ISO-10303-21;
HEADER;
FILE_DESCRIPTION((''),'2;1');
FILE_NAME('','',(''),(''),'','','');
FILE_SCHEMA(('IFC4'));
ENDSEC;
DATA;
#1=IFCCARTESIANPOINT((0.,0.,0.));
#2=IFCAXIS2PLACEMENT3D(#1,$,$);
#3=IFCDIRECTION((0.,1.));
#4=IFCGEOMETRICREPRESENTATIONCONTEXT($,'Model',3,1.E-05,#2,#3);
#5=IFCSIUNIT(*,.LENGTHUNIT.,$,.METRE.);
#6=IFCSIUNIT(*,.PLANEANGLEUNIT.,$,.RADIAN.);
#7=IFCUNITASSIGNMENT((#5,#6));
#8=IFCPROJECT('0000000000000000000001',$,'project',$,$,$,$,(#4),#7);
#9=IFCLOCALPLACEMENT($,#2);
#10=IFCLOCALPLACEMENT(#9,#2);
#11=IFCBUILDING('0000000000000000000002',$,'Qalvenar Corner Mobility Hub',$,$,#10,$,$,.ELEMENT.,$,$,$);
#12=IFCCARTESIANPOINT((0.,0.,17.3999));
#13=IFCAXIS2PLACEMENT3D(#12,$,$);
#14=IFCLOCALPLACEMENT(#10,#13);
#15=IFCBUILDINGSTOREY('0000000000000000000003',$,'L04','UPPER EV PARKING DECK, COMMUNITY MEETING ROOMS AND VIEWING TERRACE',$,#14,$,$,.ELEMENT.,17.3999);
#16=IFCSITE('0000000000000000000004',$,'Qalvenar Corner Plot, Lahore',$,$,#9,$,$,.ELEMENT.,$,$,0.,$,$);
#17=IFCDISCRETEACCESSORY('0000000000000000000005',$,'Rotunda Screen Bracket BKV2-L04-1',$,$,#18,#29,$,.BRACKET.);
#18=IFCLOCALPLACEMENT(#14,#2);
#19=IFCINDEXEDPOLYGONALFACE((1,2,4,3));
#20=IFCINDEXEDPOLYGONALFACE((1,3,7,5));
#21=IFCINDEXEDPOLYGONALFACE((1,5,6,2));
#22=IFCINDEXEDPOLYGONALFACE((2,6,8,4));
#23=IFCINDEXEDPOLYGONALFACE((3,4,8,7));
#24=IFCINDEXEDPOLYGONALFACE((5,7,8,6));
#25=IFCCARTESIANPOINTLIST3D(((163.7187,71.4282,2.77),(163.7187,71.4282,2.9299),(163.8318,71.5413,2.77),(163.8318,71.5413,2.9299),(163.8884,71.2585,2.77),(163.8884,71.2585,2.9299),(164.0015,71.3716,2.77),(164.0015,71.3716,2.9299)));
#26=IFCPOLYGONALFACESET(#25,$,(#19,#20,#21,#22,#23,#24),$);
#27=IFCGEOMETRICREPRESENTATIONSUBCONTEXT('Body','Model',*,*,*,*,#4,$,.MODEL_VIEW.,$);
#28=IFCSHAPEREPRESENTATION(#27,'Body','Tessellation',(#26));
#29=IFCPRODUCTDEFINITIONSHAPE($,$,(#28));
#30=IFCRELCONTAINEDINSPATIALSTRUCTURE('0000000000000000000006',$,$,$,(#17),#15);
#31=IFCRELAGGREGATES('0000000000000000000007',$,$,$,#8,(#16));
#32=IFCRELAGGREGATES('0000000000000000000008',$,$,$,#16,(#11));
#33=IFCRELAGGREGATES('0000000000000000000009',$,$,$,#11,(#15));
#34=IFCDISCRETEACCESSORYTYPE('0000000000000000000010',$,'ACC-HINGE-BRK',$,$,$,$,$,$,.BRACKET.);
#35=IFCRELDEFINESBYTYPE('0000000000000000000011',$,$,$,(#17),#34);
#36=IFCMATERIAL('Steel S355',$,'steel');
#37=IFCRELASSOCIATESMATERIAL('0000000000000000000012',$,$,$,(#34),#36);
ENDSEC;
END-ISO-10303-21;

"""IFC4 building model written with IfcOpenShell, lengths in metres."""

from ifc_helpers import new_model, si_unit, direction, frame, origin, origin_2d, place, context, subcontext, project, spatial, rectangle, extrude, material, type_object, element, save


model = new_model("IFC4")

# Units and contexts
model_context = context("Model", 3, precision=1e-05, world=origin(), true_north=direction((0.0, 1.0)))
body_context = subcontext(model_context, "Body", "Model", "MODEL_VIEW")
ifc_project = project(units=[si_unit("LENGTHUNIT", "METRE"), si_unit("PLANEANGLEUNIT", "RADIAN")], contexts=[model_context])

# Site, building, storey
site_placement = place(None, origin())
site = spatial("IfcSite", under=ifc_project, at=site_placement, Name="Qalvenar Corner Plot, Lahore", CompositionType="ELEMENT", RefElevation=0.0)
building_placement = place(site_placement, origin())
building = spatial("IfcBuilding", under=site, at=building_placement, Name="Qalvenar Corner Mobility Hub", CompositionType="ELEMENT")
storey_placement = place(building_placement, frame((0.0, 0.0, 17.3999)))
storey = spatial("IfcBuildingStorey", under=building, at=storey_placement, Name="L04", Description="UPPER EV PARKING DECK, COMMUNITY MEETING ROOMS AND VIEWING TERRACE", CompositionType="ELEMENT", Elevation=17.3999)

# Shared definitions
ifc_material_1 = material(Name="Steel S355", Category="steel")

# Discrete accessory
discrete_accessory_type = type_object("IfcDiscreteAccessoryType", Name="ACC-HINGE-BRK", PredefinedType="BRACKET", material=ifc_material_1)
discrete_accessory_placement = place(storey_placement, frame((163.8601, 71.3999, 2.77), z_axis=(0.0, 0.0, 1.0), x_axis=(0.707107, 0.707107, 0.0)))
element("IfcDiscreteAccessory", 1, at=discrete_accessory_placement, inside=storey, type_object=discrete_accessory_type, Name="Rotunda Screen Bracket BKV2-L04-1", PredefinedType="BRACKET", context=body_context, shape_type="SweptSolid", body=[
    extrude(rectangle(XDim=0.1599, YDim=0.24, at=origin_2d()), origin(), (0.0, 0.0, 1.0), 0.1599),
])

save(model, "model.ifc")
